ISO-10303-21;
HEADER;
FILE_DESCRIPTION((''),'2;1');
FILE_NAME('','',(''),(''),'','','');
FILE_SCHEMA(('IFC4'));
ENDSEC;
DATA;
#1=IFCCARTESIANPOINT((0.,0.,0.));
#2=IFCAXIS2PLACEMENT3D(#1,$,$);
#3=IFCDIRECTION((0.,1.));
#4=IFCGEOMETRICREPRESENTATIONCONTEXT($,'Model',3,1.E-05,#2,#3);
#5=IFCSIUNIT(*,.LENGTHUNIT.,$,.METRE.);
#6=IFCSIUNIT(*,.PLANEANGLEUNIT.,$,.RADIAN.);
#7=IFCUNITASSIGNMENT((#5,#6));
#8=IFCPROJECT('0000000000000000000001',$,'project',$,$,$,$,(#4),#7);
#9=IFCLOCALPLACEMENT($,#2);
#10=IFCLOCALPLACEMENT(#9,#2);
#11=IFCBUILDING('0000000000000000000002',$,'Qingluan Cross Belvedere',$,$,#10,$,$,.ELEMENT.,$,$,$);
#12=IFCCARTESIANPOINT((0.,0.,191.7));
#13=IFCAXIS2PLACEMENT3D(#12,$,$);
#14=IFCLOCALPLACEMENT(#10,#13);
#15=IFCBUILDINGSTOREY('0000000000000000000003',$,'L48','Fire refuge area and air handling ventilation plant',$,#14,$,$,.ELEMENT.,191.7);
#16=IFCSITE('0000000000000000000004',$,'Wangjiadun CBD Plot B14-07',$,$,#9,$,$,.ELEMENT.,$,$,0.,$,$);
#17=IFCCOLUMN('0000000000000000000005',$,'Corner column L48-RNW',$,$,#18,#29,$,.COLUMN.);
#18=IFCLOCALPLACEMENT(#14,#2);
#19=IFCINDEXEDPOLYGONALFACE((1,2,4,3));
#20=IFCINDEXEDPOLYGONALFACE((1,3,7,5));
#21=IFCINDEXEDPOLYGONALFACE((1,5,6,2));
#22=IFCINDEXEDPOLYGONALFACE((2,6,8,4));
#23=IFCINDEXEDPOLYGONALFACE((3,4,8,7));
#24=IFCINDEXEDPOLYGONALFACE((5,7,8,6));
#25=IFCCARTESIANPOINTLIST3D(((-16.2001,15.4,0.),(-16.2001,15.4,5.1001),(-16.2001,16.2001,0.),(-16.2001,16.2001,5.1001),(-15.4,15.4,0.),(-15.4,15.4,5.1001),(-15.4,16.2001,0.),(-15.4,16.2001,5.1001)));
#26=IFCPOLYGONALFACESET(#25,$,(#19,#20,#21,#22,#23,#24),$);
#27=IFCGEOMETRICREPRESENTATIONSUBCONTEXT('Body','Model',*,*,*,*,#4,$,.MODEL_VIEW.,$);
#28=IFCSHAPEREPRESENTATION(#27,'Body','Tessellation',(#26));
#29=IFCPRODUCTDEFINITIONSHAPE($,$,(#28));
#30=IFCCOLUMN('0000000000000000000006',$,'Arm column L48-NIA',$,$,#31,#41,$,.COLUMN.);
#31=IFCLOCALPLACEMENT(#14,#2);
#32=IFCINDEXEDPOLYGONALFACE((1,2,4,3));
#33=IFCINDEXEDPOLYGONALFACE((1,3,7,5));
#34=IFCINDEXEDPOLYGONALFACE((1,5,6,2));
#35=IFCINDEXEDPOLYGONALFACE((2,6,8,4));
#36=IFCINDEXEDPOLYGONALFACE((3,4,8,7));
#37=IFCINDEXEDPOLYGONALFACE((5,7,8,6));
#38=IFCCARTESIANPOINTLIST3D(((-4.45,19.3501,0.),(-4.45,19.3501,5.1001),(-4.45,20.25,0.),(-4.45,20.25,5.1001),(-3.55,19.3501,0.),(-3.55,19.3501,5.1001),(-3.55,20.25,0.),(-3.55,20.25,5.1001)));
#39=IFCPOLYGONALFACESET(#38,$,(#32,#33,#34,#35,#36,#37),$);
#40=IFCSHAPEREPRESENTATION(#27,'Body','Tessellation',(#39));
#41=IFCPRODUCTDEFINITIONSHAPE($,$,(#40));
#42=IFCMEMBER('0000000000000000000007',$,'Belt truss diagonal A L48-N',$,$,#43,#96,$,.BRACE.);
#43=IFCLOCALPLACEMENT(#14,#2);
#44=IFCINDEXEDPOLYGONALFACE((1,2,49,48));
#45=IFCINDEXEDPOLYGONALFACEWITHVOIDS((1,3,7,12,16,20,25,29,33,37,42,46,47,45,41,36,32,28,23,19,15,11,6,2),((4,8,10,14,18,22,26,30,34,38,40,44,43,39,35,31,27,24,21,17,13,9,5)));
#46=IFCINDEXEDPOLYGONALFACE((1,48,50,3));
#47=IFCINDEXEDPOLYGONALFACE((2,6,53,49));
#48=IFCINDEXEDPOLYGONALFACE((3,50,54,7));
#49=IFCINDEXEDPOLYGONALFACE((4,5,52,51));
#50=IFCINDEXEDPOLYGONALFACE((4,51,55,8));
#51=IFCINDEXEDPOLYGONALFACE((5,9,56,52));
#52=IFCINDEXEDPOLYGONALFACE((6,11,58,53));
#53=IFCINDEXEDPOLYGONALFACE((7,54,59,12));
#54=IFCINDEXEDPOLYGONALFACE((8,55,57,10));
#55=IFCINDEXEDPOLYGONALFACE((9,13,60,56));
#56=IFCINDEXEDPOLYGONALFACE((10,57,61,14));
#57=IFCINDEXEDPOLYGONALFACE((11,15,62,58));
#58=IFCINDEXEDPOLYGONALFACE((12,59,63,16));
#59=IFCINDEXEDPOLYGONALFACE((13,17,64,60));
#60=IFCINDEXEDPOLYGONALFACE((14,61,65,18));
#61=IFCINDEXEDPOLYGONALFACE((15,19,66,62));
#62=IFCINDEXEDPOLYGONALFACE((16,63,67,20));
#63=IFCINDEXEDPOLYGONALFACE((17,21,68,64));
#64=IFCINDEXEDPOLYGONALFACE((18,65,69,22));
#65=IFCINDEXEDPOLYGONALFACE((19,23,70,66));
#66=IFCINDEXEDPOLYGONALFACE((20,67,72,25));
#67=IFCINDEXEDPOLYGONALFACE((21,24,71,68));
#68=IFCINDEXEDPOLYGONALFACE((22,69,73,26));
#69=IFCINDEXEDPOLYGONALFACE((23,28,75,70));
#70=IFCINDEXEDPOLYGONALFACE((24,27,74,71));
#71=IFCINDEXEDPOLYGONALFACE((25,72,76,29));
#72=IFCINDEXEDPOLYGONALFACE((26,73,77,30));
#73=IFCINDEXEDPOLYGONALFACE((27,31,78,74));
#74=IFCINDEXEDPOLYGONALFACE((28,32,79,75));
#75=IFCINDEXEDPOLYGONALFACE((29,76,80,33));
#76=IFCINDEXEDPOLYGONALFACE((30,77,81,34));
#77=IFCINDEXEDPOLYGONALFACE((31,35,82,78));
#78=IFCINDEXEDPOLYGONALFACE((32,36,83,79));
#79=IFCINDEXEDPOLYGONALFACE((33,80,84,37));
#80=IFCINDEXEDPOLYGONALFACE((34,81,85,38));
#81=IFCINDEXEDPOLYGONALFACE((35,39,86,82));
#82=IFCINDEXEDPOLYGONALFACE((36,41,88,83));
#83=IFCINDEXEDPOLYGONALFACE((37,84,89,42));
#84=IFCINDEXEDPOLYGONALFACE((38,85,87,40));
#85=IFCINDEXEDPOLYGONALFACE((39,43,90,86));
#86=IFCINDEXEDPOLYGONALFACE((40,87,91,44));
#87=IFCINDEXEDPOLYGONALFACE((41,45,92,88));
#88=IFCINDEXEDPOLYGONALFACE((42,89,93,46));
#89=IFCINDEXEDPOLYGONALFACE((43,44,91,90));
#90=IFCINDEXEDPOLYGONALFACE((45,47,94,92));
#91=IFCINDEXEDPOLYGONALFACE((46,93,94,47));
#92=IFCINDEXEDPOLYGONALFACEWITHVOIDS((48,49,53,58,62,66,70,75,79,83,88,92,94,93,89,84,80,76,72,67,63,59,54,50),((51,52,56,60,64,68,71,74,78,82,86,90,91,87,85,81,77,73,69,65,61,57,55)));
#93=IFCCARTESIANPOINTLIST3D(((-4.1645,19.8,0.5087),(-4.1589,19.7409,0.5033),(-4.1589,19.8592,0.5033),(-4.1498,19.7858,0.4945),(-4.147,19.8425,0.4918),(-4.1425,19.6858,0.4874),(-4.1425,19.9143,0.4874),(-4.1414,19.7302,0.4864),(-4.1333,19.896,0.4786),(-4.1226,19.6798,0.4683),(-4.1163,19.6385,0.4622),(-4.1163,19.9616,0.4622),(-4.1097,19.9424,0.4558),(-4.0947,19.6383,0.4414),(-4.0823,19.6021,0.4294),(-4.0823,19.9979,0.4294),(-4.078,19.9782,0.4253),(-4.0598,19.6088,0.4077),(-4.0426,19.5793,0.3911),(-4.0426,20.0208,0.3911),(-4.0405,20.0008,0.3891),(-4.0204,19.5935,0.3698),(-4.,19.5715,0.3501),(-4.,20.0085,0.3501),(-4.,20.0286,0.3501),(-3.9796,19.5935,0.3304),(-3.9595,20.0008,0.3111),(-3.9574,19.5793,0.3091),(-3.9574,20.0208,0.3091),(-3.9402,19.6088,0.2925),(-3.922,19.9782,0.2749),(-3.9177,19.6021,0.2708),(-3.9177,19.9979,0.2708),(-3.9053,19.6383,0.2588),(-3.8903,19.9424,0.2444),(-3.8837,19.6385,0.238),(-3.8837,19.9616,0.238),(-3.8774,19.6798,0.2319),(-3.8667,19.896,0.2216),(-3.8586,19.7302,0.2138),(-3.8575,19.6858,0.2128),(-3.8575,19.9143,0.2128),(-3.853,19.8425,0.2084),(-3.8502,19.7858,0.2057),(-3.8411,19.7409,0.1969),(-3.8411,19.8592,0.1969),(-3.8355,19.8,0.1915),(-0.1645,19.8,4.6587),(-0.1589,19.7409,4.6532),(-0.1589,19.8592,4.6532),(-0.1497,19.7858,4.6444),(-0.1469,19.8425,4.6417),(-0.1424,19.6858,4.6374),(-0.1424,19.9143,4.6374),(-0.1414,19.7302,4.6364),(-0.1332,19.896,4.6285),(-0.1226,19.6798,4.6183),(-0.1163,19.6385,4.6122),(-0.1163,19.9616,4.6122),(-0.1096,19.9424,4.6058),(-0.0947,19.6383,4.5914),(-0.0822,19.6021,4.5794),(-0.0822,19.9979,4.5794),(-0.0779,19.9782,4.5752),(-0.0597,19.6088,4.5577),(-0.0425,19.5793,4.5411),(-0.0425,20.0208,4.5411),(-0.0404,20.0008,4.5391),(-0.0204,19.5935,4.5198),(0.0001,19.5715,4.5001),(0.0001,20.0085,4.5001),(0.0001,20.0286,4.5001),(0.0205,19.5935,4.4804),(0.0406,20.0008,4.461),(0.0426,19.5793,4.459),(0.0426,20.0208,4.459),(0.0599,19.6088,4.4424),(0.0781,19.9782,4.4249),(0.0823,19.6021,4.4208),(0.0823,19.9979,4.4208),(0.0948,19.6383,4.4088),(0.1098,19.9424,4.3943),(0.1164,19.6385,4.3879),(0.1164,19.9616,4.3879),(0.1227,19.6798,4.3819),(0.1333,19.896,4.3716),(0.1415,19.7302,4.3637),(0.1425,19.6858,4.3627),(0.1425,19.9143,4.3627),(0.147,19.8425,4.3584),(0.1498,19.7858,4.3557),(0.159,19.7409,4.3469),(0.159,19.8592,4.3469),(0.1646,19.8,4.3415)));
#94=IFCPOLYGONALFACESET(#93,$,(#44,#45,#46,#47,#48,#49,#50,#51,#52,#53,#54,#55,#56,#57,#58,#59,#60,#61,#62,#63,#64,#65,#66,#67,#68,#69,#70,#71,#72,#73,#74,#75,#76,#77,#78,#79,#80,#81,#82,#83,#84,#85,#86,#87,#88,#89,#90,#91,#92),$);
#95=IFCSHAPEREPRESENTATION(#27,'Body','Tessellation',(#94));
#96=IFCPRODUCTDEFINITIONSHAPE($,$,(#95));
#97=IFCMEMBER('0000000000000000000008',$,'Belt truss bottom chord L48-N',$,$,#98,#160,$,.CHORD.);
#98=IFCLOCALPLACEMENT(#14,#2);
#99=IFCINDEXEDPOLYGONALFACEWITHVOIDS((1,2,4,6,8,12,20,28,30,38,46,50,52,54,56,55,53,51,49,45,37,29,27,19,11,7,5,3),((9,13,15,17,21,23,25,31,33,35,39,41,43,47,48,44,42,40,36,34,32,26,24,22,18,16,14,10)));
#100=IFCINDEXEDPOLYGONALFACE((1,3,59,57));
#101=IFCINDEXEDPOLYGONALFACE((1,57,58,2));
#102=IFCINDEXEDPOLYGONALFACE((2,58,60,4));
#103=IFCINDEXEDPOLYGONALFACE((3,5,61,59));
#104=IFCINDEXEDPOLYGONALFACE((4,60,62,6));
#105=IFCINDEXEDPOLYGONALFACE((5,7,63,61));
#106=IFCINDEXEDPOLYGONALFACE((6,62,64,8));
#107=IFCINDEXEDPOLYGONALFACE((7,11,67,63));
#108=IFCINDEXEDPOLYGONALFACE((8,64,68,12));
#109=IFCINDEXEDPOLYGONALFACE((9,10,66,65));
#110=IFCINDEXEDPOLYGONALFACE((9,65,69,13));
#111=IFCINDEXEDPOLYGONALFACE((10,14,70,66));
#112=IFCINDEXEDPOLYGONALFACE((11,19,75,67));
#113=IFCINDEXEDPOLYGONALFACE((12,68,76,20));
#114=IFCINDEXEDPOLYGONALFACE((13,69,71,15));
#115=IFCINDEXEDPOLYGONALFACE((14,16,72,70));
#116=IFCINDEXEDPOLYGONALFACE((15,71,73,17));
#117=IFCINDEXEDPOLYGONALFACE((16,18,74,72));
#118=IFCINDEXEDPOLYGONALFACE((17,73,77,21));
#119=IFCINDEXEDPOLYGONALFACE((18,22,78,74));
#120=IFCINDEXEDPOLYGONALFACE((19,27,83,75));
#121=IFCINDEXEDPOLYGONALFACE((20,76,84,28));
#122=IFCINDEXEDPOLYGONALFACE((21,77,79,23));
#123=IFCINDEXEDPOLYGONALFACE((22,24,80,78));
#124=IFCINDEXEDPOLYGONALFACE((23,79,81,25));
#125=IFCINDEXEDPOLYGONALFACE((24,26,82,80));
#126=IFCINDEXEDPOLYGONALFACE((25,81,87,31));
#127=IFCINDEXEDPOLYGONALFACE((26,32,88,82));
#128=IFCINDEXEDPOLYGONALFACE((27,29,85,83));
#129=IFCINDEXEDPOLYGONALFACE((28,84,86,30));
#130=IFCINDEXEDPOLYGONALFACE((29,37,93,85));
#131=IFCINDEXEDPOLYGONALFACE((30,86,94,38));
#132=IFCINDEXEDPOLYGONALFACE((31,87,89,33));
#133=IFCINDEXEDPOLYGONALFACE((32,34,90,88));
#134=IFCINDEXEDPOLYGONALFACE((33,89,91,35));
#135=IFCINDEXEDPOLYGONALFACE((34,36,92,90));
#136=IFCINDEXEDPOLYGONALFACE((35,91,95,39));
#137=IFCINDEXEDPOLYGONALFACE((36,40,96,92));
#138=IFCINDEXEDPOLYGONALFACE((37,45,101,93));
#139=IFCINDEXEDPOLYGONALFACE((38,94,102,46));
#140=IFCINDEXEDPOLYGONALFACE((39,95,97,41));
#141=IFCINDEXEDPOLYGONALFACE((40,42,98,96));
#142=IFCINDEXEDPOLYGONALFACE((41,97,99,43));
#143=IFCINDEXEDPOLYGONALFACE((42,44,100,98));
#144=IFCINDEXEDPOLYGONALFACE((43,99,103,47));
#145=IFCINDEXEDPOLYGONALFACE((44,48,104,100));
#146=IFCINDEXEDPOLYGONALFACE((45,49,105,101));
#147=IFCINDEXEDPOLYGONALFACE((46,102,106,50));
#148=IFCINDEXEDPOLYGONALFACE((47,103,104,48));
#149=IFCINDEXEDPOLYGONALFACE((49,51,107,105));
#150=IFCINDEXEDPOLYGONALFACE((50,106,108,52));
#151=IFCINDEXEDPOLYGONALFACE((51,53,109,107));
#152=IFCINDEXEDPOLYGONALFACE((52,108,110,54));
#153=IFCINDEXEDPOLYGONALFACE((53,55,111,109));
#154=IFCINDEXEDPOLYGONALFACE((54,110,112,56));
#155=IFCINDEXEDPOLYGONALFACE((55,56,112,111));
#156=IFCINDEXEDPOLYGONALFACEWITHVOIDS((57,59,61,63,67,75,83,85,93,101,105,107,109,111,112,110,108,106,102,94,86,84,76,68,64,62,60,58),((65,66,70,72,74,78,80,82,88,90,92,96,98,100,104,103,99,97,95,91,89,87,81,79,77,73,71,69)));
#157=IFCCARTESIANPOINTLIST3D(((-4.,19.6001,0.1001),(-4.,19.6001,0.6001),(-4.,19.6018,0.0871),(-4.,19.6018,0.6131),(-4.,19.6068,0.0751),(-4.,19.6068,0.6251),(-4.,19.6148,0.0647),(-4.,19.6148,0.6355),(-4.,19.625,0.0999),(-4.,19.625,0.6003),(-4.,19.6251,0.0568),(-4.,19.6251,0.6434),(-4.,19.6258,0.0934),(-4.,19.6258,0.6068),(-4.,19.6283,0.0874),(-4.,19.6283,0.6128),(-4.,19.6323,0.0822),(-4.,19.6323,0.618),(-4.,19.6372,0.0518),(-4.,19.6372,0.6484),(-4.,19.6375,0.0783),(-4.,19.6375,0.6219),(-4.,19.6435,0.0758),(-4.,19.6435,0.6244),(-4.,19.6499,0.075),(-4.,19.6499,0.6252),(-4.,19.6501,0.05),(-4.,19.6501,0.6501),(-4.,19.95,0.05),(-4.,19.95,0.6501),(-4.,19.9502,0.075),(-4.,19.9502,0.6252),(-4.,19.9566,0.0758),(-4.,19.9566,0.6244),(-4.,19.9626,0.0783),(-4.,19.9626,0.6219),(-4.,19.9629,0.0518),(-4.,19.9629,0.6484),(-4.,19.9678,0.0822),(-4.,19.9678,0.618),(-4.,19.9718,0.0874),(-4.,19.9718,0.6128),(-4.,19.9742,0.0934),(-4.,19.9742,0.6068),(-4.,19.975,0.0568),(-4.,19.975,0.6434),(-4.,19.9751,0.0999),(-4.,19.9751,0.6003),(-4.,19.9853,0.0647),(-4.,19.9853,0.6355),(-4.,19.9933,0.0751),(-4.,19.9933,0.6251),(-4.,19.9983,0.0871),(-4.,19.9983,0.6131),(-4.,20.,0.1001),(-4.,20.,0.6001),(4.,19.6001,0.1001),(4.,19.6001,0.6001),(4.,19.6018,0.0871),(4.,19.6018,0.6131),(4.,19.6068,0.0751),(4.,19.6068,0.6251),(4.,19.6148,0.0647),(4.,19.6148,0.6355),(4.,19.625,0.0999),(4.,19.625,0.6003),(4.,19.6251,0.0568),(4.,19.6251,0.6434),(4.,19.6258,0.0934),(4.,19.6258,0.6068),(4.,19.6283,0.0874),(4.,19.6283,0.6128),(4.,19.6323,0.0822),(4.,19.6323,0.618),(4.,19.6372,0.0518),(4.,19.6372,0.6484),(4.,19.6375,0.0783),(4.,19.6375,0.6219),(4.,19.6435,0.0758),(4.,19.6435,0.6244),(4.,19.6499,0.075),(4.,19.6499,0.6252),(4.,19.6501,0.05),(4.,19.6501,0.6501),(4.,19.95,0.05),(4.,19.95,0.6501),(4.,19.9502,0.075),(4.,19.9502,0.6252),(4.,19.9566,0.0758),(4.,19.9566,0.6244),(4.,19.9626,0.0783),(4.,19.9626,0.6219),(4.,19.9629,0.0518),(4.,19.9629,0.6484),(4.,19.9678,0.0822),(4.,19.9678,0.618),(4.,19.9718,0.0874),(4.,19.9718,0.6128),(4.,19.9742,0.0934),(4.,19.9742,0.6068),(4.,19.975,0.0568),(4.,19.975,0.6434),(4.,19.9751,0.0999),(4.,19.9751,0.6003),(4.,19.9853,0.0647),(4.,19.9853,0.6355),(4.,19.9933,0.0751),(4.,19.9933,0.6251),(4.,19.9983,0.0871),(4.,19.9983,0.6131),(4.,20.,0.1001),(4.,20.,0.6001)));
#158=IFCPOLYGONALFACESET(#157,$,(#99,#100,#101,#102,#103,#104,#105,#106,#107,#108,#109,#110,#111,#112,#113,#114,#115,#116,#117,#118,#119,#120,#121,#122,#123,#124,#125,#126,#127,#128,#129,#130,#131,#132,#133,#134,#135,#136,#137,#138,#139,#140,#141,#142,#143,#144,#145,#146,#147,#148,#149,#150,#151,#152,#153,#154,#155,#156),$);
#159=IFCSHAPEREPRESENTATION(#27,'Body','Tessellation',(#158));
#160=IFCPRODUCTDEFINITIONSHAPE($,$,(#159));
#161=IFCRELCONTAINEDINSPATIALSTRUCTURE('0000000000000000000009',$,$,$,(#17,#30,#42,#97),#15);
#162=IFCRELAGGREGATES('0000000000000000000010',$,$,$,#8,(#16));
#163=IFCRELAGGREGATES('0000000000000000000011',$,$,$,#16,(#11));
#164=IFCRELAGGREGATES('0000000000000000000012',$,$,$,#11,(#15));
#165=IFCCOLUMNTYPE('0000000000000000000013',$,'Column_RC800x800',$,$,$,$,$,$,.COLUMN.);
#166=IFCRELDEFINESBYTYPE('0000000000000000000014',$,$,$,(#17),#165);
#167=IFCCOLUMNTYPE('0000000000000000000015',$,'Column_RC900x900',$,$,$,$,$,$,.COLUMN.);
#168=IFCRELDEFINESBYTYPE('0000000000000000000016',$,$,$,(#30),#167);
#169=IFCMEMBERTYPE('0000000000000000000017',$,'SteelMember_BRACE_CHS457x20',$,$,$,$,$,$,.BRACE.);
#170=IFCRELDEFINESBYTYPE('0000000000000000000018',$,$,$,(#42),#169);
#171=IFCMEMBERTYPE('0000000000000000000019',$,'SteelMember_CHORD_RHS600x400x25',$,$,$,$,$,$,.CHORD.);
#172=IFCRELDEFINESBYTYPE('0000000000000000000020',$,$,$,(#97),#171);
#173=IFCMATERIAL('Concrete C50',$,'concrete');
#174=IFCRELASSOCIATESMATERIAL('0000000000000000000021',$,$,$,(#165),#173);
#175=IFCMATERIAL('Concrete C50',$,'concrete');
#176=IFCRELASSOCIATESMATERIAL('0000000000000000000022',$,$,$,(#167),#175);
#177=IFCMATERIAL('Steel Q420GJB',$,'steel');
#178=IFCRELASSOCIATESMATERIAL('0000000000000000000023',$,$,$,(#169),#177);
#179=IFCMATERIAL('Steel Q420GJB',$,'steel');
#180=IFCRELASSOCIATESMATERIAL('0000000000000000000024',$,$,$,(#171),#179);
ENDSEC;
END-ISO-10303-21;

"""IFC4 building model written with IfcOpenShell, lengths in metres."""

from ifc_helpers import new_model, si_unit, direction, frame, origin, origin_2d, place, context, subcontext, project, spatial, rectangle, hollow_rectangle, hollow_circle, extrude, material, material_profile, profile_set, type_object, element, save


model = new_model("IFC4")

# Units and contexts
model_context = context("Model", 3, precision=1e-05, world=origin(), true_north=direction((0.0, 1.0)))
body_context = subcontext(model_context, "Body", "Model", "MODEL_VIEW")
ifc_project = project(units=[si_unit("LENGTHUNIT", "METRE"), si_unit("PLANEANGLEUNIT", "RADIAN")], contexts=[model_context])

# Site, building, storey
site_placement = place(None, origin())
site = spatial("IfcSite", under=ifc_project, at=site_placement, Name="Wangjiadun CBD Plot B14-07", CompositionType="ELEMENT", RefElevation=0.0)
building_placement = place(site_placement, origin())
building = spatial("IfcBuilding", under=site, at=building_placement, Name="Qingluan Cross Belvedere", CompositionType="ELEMENT")
storey_placement = place(building_placement, frame((0.0, 0.0, 191.7)))
storey = spatial("IfcBuildingStorey", under=building, at=storey_placement, Name="L48", Description="Fire refuge area and air handling ventilation plant", CompositionType="ELEMENT", Elevation=191.7)

# Columns
ifc_material_1 = material(Name="Concrete C50", Category="concrete")
ifc_material_profile_1 = material_profile(ifc_material_1, rectangle(XDim=0.8, YDim=0.8, at=origin_2d()), Name="RC800x800")
ifc_profile_set_1 = profile_set([ifc_material_profile_1], Name="Concrete C50")
column_type_1 = type_object("IfcColumnType", Name="Column_RC800x800", PredefinedType="COLUMN", material=ifc_profile_set_1)
column_1_placement = place(storey_placement, frame((-15.8, 15.8, 0.0), z_axis=(0.0, 0.0, 1.0), x_axis=(1.0, 0.0, 0.0)))
element("IfcColumn", 1, at=column_1_placement, inside=storey, type_object=column_type_1, Name="Corner column L48-RNW", PredefinedType="COLUMN", context=body_context, shape_type="SweptSolid", body=[
    extrude(rectangle(XDim=0.8, YDim=0.8, at=origin_2d()), origin(), (0.0, 0.0, 1.0), 5.1001),
])
ifc_material_2 = material(Name="Concrete C50", Category="concrete")
ifc_material_profile_2 = material_profile(ifc_material_2, rectangle(XDim=0.8999, YDim=0.8999, at=origin_2d()), Name="RC900x900")
ifc_profile_set_2 = profile_set([ifc_material_profile_2], Name="Concrete C50")
column_type_2 = type_object("IfcColumnType", Name="Column_RC900x900", PredefinedType="COLUMN", material=ifc_profile_set_2)
column_2_placement = place(storey_placement, frame((-4.0, 19.8, 0.0), z_axis=(0.0, 0.0, 1.0), x_axis=(1.0, 0.0, 0.0)))
element("IfcColumn", 2, at=column_2_placement, inside=storey, type_object=column_type_2, Name="Arm column L48-NIA", PredefinedType="COLUMN", context=body_context, shape_type="SweptSolid", body=[
    extrude(rectangle(XDim=0.8999, YDim=0.8999, at=origin_2d()), origin(), (0.0, 0.0, 1.0), 5.1001),
])

# Members
ifc_material_3 = material(Name="Steel Q420GJB", Category="steel")
ifc_material_profile_3 = material_profile(ifc_material_3, hollow_circle(Radius=0.2285, WallThickness=0.02, at=origin_2d()), Name="CHS457x20")
ifc_profile_set_3 = profile_set([ifc_material_profile_3], Name="Steel Q420GJB")
member_type_1 = type_object("IfcMemberType", Name="SteelMember_BRACE_CHS457x20", PredefinedType="BRACE", material=ifc_profile_set_3)
member_1_placement = place(storey_placement, frame((-4.0, 19.8, 0.3501), z_axis=(0.693983, 0.0, 0.719991), x_axis=(0.0, 1.0, 0.0)))
element("IfcMember", 3, at=member_1_placement, inside=storey, type_object=member_type_1, Name="Belt truss diagonal A L48-N", PredefinedType="BRACE", context=body_context, shape_type="SweptSolid", body=[
    extrude(hollow_circle(Radius=0.2285, WallThickness=0.02, at=origin_2d()), origin(), (0.0, 0.0, 1.0), 5.7639),
])
ifc_material_4 = material(Name="Steel Q420GJB", Category="steel")
ifc_material_profile_4 = material_profile(ifc_material_4, hollow_rectangle(XDim=0.3999, YDim=0.6001, WallThickness=0.0249, InnerFilletRadius=0.0249, OuterFilletRadius=0.05, at=origin_2d()), Name="RHS600x400x25")
ifc_profile_set_4 = profile_set([ifc_material_profile_4], Name="Steel Q420GJB")
member_type_2 = type_object("IfcMemberType", Name="SteelMember_CHORD_RHS600x400x25", PredefinedType="CHORD", material=ifc_profile_set_4)
for number, where, z_axis, x_axis, name in (
    (4, (-4.0, 19.8, 0.3501), (1.0, 0.0, 0.0), (0.0, 1.0, 0.0), "Belt truss bottom chord L48-N"),
):
    element("IfcMember", number, at=place(storey_placement, frame(where, z_axis=z_axis, x_axis=x_axis)), inside=storey, type_object=member_type_2, Name=name, PredefinedType="CHORD", context=body_context, shape_type="SweptSolid", body=[
        extrude(hollow_rectangle(XDim=0.3999, YDim=0.6001, WallThickness=0.0249, InnerFilletRadius=0.0249, OuterFilletRadius=0.05, at=origin_2d()), origin(), (0.0, 0.0, 1.0), 8.0),
    ])

save(model, "model.ifc")
